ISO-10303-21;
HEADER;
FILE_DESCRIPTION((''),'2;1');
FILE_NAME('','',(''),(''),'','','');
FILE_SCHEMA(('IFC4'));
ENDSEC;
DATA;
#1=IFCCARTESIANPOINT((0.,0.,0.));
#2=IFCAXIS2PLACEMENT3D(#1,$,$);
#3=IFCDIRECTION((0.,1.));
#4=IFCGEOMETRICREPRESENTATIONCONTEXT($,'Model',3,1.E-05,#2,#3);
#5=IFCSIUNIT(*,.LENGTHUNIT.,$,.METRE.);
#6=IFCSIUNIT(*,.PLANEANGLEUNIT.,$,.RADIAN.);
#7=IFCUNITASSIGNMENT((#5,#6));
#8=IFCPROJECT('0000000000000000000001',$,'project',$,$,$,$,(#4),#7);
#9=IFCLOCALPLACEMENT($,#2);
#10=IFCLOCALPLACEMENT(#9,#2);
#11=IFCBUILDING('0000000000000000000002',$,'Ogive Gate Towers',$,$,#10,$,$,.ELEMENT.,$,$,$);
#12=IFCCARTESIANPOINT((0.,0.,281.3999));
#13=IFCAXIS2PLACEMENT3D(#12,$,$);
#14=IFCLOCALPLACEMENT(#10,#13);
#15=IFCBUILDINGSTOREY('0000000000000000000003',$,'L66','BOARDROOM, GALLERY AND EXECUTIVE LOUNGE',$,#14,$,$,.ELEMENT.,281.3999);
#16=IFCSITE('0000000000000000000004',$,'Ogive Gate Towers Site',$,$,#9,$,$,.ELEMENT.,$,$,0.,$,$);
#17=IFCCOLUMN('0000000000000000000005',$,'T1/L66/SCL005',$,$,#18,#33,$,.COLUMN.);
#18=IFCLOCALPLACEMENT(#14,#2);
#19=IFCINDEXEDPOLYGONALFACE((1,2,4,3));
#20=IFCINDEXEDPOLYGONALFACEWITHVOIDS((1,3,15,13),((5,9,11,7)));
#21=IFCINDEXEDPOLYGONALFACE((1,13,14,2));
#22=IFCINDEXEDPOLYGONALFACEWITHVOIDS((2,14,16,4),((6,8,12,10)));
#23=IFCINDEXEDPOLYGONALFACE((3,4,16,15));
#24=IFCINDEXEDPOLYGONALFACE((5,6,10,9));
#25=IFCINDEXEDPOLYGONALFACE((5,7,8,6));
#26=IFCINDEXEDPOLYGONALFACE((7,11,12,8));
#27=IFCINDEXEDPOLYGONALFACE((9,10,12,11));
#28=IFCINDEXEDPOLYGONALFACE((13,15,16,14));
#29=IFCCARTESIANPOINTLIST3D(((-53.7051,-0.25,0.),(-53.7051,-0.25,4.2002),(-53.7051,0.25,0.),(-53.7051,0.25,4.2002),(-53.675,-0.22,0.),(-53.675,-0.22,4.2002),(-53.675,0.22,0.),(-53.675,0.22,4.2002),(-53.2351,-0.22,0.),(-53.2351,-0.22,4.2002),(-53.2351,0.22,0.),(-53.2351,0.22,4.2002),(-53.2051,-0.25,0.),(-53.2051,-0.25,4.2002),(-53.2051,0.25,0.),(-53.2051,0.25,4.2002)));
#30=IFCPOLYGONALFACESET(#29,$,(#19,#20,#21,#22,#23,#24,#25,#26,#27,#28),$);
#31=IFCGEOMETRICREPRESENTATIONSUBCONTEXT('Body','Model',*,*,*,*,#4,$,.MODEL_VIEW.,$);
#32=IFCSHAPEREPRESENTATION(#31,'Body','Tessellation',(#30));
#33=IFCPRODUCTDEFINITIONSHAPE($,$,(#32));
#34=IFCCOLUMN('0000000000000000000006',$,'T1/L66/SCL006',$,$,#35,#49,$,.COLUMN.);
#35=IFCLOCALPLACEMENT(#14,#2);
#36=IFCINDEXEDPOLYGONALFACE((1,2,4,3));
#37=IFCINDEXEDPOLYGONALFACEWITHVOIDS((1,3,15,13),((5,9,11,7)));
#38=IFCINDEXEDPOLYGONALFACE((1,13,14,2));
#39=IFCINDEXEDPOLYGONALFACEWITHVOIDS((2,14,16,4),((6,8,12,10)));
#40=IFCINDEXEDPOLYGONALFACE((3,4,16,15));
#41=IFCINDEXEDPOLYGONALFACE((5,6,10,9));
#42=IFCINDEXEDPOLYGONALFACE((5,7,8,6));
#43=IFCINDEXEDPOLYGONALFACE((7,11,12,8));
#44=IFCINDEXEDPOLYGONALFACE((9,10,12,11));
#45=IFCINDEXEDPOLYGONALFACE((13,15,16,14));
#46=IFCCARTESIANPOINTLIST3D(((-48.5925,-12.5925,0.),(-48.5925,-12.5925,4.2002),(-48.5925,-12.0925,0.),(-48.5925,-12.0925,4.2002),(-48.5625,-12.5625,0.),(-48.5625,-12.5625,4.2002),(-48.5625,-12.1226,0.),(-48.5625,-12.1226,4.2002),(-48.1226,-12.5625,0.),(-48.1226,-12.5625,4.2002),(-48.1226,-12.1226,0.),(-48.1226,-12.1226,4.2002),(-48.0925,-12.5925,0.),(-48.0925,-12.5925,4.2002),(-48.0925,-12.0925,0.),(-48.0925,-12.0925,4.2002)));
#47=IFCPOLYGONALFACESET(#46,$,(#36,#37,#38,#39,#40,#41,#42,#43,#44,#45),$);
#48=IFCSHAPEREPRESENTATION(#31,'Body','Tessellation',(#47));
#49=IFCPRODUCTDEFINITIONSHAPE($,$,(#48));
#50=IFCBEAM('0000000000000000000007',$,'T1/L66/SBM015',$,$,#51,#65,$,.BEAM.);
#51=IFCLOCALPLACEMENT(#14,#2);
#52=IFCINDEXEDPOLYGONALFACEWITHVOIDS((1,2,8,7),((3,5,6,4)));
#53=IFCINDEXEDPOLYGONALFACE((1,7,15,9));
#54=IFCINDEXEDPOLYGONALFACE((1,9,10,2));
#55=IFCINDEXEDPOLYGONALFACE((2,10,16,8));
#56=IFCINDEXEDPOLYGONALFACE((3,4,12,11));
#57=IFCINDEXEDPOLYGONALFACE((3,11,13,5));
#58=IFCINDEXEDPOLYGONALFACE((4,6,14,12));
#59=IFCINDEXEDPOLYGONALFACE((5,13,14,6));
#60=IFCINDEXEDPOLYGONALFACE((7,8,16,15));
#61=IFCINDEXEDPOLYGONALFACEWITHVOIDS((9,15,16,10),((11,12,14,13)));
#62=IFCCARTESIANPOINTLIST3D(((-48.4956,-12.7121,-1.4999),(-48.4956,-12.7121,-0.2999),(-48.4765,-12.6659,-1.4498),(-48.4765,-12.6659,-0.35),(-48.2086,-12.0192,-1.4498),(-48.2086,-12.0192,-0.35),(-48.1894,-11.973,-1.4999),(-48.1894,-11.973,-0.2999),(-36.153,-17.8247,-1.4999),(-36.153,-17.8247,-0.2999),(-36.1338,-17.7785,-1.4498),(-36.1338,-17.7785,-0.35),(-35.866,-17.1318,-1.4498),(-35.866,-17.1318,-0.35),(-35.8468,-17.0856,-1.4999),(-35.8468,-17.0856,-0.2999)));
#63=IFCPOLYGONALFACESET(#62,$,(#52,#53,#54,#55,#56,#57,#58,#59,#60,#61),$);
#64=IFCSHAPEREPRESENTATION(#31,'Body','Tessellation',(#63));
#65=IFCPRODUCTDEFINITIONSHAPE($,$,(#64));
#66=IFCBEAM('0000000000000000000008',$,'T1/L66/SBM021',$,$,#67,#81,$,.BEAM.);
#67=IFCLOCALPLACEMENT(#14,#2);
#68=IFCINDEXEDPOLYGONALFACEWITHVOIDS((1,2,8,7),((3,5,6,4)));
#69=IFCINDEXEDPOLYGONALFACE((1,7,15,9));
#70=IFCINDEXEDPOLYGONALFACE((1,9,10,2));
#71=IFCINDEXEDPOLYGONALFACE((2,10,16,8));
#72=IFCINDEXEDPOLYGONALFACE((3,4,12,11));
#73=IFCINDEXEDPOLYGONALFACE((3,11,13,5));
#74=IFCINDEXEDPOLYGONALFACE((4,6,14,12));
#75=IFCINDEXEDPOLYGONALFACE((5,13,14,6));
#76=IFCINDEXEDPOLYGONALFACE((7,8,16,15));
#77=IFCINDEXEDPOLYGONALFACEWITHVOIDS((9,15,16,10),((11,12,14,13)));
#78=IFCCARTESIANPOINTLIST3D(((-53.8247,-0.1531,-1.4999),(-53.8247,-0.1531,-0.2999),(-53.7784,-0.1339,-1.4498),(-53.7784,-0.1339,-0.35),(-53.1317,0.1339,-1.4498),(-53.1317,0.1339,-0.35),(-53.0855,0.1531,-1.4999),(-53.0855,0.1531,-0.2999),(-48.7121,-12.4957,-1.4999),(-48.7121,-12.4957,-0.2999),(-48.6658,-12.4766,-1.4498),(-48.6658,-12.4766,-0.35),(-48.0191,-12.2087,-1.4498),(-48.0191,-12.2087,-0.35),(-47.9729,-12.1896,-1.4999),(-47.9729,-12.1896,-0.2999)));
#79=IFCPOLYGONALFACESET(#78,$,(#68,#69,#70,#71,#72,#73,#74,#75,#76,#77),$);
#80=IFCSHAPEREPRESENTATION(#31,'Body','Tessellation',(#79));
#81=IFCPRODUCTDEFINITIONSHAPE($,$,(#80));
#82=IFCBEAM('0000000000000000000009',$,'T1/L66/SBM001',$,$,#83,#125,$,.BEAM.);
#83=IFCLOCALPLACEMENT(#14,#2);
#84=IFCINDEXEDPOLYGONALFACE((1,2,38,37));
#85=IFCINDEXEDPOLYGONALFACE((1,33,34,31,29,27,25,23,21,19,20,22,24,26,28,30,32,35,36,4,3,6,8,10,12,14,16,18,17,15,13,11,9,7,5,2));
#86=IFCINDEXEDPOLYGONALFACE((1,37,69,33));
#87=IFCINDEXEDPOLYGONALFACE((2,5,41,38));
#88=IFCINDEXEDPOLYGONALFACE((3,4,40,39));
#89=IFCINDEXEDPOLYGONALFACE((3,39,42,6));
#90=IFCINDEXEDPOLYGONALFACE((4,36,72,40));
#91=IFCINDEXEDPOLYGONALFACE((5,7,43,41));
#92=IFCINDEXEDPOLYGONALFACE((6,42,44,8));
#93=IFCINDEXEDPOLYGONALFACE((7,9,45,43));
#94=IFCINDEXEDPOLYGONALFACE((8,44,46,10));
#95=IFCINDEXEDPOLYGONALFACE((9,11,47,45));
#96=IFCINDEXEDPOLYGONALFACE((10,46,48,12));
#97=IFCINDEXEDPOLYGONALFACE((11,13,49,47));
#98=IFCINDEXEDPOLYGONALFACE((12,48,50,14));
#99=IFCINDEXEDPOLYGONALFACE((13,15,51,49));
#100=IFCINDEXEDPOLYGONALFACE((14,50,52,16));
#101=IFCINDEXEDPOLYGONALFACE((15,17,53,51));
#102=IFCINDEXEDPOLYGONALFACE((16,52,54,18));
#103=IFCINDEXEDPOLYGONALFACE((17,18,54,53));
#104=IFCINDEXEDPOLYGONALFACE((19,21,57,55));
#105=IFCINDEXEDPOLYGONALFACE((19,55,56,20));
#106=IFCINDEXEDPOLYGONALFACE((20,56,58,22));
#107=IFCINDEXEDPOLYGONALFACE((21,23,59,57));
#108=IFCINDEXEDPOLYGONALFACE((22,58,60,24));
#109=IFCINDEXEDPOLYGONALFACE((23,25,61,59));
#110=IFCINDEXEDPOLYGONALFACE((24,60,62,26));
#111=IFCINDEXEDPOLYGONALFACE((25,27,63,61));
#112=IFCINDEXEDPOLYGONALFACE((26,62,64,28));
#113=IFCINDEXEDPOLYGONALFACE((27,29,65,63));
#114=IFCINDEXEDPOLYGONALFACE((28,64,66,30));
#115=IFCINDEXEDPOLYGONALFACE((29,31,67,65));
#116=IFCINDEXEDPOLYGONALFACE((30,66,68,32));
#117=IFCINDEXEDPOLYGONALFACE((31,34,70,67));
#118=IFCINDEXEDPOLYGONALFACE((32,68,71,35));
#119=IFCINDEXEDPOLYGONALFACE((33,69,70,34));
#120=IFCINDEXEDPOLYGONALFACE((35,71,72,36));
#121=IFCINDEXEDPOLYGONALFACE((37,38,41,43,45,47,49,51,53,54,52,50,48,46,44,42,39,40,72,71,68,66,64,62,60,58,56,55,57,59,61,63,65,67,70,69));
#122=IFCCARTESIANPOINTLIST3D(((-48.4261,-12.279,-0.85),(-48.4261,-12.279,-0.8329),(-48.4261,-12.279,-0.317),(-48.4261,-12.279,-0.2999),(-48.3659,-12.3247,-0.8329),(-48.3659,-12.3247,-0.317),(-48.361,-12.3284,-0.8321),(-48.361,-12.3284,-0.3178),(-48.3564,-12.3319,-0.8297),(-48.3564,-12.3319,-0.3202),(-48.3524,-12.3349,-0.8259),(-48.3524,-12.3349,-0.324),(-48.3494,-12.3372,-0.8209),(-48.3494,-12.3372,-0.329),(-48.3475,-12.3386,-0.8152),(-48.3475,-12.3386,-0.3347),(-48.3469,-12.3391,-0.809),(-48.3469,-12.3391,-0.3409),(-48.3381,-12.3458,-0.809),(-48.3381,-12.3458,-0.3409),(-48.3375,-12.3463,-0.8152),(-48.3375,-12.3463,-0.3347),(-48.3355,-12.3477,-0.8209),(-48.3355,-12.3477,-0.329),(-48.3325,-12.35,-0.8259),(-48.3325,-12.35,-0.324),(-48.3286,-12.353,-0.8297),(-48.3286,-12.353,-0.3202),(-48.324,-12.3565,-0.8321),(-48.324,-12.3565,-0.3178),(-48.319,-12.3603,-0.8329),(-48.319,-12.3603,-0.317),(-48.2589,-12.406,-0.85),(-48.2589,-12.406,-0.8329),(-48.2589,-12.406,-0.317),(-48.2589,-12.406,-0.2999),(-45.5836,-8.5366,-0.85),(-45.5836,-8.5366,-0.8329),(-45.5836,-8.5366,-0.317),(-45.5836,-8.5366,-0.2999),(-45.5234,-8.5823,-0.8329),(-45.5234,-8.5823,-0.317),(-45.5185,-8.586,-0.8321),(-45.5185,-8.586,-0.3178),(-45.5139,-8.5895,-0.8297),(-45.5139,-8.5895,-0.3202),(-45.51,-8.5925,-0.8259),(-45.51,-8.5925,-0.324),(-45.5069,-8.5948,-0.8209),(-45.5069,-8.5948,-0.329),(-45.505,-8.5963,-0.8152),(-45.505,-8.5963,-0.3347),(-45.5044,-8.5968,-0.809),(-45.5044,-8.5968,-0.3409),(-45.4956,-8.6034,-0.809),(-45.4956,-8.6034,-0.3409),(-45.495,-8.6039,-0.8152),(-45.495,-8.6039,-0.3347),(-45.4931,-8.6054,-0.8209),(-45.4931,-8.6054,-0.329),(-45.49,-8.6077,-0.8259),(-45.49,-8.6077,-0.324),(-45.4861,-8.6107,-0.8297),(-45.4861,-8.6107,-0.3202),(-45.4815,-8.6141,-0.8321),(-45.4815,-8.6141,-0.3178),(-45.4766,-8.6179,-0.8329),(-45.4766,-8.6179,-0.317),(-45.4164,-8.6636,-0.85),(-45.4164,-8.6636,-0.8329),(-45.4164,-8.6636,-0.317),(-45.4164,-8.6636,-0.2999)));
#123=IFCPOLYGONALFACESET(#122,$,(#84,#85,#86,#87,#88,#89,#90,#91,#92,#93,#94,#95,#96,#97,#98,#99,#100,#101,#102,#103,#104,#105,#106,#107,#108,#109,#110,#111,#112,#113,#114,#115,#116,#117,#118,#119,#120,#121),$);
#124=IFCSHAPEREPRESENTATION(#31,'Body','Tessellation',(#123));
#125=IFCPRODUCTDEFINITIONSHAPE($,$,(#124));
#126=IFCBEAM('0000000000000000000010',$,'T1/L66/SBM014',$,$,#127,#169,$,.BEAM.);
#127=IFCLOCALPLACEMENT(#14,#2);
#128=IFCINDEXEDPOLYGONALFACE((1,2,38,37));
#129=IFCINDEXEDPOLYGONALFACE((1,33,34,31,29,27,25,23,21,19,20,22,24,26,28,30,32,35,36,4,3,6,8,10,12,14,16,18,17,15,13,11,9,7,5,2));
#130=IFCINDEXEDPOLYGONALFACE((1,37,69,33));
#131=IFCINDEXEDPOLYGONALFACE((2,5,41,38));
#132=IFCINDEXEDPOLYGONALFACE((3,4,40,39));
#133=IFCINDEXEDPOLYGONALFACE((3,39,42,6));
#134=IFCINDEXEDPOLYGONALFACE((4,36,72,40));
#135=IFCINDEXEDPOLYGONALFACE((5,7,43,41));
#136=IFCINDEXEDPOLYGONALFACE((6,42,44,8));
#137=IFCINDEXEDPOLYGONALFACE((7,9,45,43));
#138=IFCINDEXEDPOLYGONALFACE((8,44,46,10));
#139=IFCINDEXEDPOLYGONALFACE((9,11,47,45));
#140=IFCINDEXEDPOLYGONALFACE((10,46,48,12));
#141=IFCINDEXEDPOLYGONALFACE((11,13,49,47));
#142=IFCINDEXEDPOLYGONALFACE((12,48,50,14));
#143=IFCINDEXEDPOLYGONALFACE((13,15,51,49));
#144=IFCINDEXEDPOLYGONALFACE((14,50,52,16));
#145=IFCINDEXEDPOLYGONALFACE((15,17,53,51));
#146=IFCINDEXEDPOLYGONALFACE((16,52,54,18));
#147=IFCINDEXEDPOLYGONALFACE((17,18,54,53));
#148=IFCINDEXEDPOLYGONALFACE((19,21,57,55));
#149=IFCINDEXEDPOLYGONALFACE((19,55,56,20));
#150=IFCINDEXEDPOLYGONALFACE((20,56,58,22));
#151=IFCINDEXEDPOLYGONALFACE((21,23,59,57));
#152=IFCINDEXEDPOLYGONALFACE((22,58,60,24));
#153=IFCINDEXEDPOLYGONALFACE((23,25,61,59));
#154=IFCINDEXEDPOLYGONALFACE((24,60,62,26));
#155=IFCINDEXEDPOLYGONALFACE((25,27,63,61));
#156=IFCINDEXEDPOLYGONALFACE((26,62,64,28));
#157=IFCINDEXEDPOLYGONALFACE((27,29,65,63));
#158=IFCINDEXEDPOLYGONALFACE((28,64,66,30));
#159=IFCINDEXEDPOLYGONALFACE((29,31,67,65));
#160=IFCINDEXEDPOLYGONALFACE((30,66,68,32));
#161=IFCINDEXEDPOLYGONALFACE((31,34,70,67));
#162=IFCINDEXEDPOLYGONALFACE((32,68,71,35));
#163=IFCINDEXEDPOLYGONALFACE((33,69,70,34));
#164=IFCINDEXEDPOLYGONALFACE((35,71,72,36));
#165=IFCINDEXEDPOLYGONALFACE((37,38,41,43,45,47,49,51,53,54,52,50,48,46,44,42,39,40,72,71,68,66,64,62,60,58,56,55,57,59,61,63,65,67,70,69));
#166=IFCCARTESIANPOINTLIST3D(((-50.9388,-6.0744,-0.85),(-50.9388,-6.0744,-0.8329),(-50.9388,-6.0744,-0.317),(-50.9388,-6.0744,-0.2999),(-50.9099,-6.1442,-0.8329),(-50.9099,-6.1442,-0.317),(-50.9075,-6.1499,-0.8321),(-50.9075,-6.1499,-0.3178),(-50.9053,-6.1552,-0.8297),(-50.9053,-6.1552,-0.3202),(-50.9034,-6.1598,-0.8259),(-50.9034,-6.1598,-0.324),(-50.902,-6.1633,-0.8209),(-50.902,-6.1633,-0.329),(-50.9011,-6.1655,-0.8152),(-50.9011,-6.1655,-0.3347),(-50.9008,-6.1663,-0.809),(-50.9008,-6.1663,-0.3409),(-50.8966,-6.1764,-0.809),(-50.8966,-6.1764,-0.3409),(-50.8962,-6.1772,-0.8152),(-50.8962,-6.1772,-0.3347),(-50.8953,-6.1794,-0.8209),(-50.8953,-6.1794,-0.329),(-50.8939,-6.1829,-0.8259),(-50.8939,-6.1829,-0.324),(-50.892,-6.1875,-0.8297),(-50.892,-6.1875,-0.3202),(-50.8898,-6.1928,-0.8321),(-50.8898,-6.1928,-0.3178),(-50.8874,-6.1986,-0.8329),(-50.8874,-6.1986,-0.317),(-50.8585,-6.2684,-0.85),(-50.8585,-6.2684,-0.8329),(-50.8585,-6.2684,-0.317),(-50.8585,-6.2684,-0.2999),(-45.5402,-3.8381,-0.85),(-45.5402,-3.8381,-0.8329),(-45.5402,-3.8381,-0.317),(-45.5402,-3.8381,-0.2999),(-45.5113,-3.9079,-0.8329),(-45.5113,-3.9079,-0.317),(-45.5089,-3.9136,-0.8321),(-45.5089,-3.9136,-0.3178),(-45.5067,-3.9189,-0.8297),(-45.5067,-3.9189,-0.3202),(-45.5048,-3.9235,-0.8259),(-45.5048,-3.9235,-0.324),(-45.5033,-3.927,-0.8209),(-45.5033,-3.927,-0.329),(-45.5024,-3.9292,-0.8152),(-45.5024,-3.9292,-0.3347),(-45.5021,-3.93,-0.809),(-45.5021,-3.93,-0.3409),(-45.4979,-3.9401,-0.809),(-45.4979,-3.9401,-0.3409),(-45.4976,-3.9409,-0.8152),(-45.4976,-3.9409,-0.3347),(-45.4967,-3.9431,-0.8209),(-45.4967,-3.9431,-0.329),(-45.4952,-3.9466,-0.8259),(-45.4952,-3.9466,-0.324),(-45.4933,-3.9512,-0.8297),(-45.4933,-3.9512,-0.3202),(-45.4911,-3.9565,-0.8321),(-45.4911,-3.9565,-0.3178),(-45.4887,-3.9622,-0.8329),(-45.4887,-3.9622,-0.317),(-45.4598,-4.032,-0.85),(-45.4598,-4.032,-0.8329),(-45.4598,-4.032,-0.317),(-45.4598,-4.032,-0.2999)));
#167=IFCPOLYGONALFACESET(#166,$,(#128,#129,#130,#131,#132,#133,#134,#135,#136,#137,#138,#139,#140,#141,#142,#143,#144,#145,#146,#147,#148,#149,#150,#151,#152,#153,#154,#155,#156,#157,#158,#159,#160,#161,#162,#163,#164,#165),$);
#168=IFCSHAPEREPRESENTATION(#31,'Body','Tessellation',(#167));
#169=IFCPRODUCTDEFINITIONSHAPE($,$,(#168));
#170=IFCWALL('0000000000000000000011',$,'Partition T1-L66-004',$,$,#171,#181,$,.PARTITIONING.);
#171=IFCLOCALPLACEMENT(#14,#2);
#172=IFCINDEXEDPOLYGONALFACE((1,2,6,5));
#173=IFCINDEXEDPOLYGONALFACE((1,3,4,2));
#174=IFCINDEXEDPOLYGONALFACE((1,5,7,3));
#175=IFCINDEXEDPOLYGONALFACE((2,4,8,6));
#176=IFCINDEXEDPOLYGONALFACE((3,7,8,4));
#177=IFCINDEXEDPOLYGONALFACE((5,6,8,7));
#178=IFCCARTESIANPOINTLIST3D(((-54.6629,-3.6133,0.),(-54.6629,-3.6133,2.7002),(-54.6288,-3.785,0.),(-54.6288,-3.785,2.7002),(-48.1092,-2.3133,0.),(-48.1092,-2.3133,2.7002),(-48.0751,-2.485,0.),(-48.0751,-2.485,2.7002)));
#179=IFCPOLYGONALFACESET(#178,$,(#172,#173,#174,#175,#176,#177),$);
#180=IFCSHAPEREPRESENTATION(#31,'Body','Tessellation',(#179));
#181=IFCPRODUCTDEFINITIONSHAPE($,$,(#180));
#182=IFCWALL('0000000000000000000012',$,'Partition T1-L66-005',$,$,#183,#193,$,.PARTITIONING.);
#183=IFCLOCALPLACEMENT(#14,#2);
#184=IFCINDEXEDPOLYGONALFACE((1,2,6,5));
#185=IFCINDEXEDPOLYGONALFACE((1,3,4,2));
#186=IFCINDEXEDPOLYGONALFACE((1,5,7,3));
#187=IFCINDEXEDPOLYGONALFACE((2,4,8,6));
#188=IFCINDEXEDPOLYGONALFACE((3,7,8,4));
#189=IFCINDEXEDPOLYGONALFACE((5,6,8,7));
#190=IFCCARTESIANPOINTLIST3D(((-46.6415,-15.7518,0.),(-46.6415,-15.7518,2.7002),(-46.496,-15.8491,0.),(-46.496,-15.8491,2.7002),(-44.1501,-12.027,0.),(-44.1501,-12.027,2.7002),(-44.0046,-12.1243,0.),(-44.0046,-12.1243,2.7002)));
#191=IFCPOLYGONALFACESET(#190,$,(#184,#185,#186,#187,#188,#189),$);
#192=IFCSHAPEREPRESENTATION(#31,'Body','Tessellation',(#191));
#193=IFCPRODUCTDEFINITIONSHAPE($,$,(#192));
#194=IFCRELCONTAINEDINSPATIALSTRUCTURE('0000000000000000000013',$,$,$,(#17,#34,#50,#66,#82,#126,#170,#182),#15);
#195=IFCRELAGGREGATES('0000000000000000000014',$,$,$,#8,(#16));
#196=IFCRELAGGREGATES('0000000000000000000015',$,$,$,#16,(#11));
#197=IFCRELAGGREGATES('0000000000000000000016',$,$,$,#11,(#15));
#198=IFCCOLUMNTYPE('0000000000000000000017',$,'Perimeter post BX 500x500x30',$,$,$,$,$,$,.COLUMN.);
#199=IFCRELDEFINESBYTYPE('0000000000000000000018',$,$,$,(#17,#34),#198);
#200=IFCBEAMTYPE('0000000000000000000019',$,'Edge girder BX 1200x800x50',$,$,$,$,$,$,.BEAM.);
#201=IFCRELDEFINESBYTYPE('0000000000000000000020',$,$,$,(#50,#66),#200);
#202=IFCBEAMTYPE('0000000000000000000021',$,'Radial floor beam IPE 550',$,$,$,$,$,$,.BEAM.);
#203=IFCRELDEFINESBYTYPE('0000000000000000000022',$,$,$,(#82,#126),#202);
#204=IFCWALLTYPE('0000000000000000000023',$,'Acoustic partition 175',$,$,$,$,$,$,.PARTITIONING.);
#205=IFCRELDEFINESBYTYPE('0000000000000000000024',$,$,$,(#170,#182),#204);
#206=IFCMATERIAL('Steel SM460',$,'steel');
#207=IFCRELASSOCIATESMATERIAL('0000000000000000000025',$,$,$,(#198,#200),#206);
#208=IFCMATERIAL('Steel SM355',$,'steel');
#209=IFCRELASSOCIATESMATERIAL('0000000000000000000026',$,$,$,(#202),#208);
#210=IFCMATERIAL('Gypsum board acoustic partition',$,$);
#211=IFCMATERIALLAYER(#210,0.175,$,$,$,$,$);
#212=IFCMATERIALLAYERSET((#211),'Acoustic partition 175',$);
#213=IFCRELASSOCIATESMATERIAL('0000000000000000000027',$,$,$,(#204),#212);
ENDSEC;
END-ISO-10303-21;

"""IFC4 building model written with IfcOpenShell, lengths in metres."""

from ifc_helpers import new_model, si_unit, direction, frame, frame_2d, origin, origin_2d, place, context, subcontext, project, spatial, rectangle, hollow_rectangle, i_section, extrude, material, layer, layer_set, material_profile, profile_set, type_object, element, save


model = new_model("IFC4")

# Units and contexts
model_context = context("Model", 3, precision=1e-05, world=origin(), true_north=direction((0.0, 1.0)))
body_context = subcontext(model_context, "Body", "Model", "MODEL_VIEW")
ifc_project = project(units=[si_unit("LENGTHUNIT", "METRE"), si_unit("PLANEANGLEUNIT", "RADIAN")], contexts=[model_context])

# Site, building, storey
site_placement = place(None, origin())
site = spatial("IfcSite", under=ifc_project, at=site_placement, Name="Ogive Gate Towers Site", CompositionType="ELEMENT", RefElevation=0.0)
building_placement = place(site_placement, origin())
building = spatial("IfcBuilding", under=site, at=building_placement, Name="Ogive Gate Towers", CompositionType="ELEMENT")
storey_placement = place(building_placement, frame((0.0, 0.0, 281.3999)))
storey = spatial("IfcBuildingStorey", under=building, at=storey_placement, Name="L66", Description="BOARDROOM, GALLERY AND EXECUTIVE LOUNGE", CompositionType="ELEMENT", Elevation=281.3999)

# Columns
ifc_material_1 = material(Name="Steel SM460", Category="steel")
ifc_material_profile_1 = material_profile(ifc_material_1, hollow_rectangle(XDim=0.5, YDim=0.5, WallThickness=0.03, at=origin_2d()), Name="BX 500x500x30")
ifc_profile_set_1 = profile_set([ifc_material_profile_1], Name="Steel SM460")
column_type = type_object("IfcColumnType", Name="Perimeter post BX 500x500x30", PredefinedType="COLUMN", material=ifc_profile_set_1)
for number, where, z_axis, x_axis, name in (
    (1, (-53.4551, 0.0, 0.0), (0.0, 0.0, 1.0), (1.0, 0.0, 0.0), "T1/L66/SCL005"),
    (2, (-48.3425, -12.3425, 0.0), (0.0, 0.0, 1.0), (1.0, 0.0, 0.0), "T1/L66/SCL006"),
):
    element("IfcColumn", number, at=place(storey_placement, frame(where, z_axis=z_axis, x_axis=x_axis)), inside=storey, type_object=column_type, Name=name, PredefinedType="COLUMN", context=body_context, shape_type="SweptSolid", body=[
        extrude(hollow_rectangle(XDim=0.5, YDim=0.5, WallThickness=0.03, at=origin_2d()), origin(), (0.0, 0.0, 1.0), 4.2002),
    ])

# Beams
ifc_material_profile_2 = material_profile(ifc_material_1, hollow_rectangle(XDim=0.8, YDim=1.2, WallThickness=0.05, at=origin_2d()), Name="BX 1200x800x50")
ifc_profile_set_2 = profile_set([ifc_material_profile_2], Name="Steel SM460")
beam_type_1 = type_object("IfcBeamType", Name="Edge girder BX 1200x800x50", PredefinedType="BEAM", material=ifc_profile_set_2)
for number, where, z_axis, x_axis, name in (
    (3, (-48.3425, -12.3425, -0.8999), (0.923877, -0.38269, 0.0), (0.38269, 0.923877, 0.0), "T1/L66/SBM015"),
    (4, (-53.4551, 0.0, -0.8999), (0.38269, -0.923877, 0.0), (0.923877, 0.38269, 0.0), "T1/L66/SBM021"),
):
    element("IfcBeam", number, at=place(storey_placement, frame(where, z_axis=z_axis, x_axis=x_axis)), inside=storey, type_object=beam_type_1, Name=name, PredefinedType="BEAM", context=body_context, shape_type="SweptSolid", body=[
        extrude(hollow_rectangle(XDim=0.8, YDim=1.2, WallThickness=0.05, at=origin_2d()), origin(), (0.0, 0.0, 1.0), 13.3596),
    ])
ifc_material_2 = material(Name="Steel SM355", Category="steel")
ifc_material_profile_3 = material_profile(ifc_material_2, i_section(OverallWidth=0.21, OverallDepth=0.55, WebThickness=0.011, FlangeThickness=0.0171, FilletRadius=0.0239, at=origin_2d()), Name="IPE 550")
ifc_profile_set_3 = profile_set([ifc_material_profile_3], Name="Steel SM355")
beam_type_2 = type_object("IfcBeamType", Name="Radial floor beam IPE 550", PredefinedType="BEAM", material=ifc_profile_set_3)
beam_1_placement = place(storey_placement, frame((-45.5, -8.6001, -0.575), z_axis=(-0.604851, -0.796338, 0.0), x_axis=(0.796338, -0.604851, 0.0)))
element("IfcBeam", 5, at=beam_1_placement, inside=storey, type_object=beam_type_2, Name="T1/L66/SBM001", PredefinedType="BEAM", context=body_context, shape_type="SweptSolid", body=[
    extrude(i_section(OverallWidth=0.21, OverallDepth=0.55, WebThickness=0.011, FlangeThickness=0.0171, FilletRadius=0.0239, at=origin_2d()), origin(), (0.0, 0.0, 1.0), 4.6995),
])
beam_2_placement = place(storey_placement, frame((-45.5, -3.9351, -0.575), z_axis=(-0.923872, -0.382701, 0.0), x_axis=(0.382701, -0.923872, 0.0)))
element("IfcBeam", 6, at=beam_2_placement, inside=storey, type_object=beam_type_2, Name="T1/L66/SBM014", PredefinedType="BEAM", context=body_context, shape_type="SweptSolid", body=[
    extrude(i_section(OverallWidth=0.21, OverallDepth=0.55, WebThickness=0.011, FlangeThickness=0.0171, FilletRadius=0.0239, at=origin_2d()), origin(), (0.0, 0.0, 1.0), 5.8435),
])

# Walls
ifc_material_3 = material(Name="Gypsum board acoustic partition")
ifc_layer_1 = layer(ifc_material_3, 0.175)
ifc_layer_set_1 = layer_set([ifc_layer_1], Name="Acoustic partition 175")
wall_type_1 = type_object("IfcWallType", Name="Acoustic partition 175", PredefinedType="PARTITIONING", material=ifc_layer_set_1)
wall_1_placement = place(storey_placement, frame((-54.646, -3.6992, 0.0), z_axis=(0.0, 0.0, 1.0), x_axis=(0.980887, 0.194577, 0.0)))
element("IfcWall", 7, at=wall_1_placement, inside=storey, type_object=wall_type_1, Name="Partition T1-L66-004", PredefinedType="PARTITIONING", context=body_context, shape_type="SweptSolid", body=[
    extrude(rectangle(XDim=6.6814, YDim=0.175, at=frame_2d((3.3408, 0.0))), origin(), (0.0, 0.0, 1.0), 2.7002),
])
wall_2_placement = place(storey_placement, frame((-46.5688, -15.8005, 0.0), z_axis=(0.0, 0.0, 1.0), x_axis=(0.555969, 0.831203, 0.0)))
element("IfcWall", 8, at=wall_2_placement, inside=storey, type_object=wall_type_1, Name="Partition T1-L66-005", PredefinedType="PARTITIONING", context=body_context, shape_type="SweptSolid", body=[
    extrude(rectangle(XDim=4.4812, YDim=0.175, at=frame_2d((2.2407, 0.0))), origin(), (0.0, 0.0, 1.0), 2.7002),
])

save(model, "model.ifc")
